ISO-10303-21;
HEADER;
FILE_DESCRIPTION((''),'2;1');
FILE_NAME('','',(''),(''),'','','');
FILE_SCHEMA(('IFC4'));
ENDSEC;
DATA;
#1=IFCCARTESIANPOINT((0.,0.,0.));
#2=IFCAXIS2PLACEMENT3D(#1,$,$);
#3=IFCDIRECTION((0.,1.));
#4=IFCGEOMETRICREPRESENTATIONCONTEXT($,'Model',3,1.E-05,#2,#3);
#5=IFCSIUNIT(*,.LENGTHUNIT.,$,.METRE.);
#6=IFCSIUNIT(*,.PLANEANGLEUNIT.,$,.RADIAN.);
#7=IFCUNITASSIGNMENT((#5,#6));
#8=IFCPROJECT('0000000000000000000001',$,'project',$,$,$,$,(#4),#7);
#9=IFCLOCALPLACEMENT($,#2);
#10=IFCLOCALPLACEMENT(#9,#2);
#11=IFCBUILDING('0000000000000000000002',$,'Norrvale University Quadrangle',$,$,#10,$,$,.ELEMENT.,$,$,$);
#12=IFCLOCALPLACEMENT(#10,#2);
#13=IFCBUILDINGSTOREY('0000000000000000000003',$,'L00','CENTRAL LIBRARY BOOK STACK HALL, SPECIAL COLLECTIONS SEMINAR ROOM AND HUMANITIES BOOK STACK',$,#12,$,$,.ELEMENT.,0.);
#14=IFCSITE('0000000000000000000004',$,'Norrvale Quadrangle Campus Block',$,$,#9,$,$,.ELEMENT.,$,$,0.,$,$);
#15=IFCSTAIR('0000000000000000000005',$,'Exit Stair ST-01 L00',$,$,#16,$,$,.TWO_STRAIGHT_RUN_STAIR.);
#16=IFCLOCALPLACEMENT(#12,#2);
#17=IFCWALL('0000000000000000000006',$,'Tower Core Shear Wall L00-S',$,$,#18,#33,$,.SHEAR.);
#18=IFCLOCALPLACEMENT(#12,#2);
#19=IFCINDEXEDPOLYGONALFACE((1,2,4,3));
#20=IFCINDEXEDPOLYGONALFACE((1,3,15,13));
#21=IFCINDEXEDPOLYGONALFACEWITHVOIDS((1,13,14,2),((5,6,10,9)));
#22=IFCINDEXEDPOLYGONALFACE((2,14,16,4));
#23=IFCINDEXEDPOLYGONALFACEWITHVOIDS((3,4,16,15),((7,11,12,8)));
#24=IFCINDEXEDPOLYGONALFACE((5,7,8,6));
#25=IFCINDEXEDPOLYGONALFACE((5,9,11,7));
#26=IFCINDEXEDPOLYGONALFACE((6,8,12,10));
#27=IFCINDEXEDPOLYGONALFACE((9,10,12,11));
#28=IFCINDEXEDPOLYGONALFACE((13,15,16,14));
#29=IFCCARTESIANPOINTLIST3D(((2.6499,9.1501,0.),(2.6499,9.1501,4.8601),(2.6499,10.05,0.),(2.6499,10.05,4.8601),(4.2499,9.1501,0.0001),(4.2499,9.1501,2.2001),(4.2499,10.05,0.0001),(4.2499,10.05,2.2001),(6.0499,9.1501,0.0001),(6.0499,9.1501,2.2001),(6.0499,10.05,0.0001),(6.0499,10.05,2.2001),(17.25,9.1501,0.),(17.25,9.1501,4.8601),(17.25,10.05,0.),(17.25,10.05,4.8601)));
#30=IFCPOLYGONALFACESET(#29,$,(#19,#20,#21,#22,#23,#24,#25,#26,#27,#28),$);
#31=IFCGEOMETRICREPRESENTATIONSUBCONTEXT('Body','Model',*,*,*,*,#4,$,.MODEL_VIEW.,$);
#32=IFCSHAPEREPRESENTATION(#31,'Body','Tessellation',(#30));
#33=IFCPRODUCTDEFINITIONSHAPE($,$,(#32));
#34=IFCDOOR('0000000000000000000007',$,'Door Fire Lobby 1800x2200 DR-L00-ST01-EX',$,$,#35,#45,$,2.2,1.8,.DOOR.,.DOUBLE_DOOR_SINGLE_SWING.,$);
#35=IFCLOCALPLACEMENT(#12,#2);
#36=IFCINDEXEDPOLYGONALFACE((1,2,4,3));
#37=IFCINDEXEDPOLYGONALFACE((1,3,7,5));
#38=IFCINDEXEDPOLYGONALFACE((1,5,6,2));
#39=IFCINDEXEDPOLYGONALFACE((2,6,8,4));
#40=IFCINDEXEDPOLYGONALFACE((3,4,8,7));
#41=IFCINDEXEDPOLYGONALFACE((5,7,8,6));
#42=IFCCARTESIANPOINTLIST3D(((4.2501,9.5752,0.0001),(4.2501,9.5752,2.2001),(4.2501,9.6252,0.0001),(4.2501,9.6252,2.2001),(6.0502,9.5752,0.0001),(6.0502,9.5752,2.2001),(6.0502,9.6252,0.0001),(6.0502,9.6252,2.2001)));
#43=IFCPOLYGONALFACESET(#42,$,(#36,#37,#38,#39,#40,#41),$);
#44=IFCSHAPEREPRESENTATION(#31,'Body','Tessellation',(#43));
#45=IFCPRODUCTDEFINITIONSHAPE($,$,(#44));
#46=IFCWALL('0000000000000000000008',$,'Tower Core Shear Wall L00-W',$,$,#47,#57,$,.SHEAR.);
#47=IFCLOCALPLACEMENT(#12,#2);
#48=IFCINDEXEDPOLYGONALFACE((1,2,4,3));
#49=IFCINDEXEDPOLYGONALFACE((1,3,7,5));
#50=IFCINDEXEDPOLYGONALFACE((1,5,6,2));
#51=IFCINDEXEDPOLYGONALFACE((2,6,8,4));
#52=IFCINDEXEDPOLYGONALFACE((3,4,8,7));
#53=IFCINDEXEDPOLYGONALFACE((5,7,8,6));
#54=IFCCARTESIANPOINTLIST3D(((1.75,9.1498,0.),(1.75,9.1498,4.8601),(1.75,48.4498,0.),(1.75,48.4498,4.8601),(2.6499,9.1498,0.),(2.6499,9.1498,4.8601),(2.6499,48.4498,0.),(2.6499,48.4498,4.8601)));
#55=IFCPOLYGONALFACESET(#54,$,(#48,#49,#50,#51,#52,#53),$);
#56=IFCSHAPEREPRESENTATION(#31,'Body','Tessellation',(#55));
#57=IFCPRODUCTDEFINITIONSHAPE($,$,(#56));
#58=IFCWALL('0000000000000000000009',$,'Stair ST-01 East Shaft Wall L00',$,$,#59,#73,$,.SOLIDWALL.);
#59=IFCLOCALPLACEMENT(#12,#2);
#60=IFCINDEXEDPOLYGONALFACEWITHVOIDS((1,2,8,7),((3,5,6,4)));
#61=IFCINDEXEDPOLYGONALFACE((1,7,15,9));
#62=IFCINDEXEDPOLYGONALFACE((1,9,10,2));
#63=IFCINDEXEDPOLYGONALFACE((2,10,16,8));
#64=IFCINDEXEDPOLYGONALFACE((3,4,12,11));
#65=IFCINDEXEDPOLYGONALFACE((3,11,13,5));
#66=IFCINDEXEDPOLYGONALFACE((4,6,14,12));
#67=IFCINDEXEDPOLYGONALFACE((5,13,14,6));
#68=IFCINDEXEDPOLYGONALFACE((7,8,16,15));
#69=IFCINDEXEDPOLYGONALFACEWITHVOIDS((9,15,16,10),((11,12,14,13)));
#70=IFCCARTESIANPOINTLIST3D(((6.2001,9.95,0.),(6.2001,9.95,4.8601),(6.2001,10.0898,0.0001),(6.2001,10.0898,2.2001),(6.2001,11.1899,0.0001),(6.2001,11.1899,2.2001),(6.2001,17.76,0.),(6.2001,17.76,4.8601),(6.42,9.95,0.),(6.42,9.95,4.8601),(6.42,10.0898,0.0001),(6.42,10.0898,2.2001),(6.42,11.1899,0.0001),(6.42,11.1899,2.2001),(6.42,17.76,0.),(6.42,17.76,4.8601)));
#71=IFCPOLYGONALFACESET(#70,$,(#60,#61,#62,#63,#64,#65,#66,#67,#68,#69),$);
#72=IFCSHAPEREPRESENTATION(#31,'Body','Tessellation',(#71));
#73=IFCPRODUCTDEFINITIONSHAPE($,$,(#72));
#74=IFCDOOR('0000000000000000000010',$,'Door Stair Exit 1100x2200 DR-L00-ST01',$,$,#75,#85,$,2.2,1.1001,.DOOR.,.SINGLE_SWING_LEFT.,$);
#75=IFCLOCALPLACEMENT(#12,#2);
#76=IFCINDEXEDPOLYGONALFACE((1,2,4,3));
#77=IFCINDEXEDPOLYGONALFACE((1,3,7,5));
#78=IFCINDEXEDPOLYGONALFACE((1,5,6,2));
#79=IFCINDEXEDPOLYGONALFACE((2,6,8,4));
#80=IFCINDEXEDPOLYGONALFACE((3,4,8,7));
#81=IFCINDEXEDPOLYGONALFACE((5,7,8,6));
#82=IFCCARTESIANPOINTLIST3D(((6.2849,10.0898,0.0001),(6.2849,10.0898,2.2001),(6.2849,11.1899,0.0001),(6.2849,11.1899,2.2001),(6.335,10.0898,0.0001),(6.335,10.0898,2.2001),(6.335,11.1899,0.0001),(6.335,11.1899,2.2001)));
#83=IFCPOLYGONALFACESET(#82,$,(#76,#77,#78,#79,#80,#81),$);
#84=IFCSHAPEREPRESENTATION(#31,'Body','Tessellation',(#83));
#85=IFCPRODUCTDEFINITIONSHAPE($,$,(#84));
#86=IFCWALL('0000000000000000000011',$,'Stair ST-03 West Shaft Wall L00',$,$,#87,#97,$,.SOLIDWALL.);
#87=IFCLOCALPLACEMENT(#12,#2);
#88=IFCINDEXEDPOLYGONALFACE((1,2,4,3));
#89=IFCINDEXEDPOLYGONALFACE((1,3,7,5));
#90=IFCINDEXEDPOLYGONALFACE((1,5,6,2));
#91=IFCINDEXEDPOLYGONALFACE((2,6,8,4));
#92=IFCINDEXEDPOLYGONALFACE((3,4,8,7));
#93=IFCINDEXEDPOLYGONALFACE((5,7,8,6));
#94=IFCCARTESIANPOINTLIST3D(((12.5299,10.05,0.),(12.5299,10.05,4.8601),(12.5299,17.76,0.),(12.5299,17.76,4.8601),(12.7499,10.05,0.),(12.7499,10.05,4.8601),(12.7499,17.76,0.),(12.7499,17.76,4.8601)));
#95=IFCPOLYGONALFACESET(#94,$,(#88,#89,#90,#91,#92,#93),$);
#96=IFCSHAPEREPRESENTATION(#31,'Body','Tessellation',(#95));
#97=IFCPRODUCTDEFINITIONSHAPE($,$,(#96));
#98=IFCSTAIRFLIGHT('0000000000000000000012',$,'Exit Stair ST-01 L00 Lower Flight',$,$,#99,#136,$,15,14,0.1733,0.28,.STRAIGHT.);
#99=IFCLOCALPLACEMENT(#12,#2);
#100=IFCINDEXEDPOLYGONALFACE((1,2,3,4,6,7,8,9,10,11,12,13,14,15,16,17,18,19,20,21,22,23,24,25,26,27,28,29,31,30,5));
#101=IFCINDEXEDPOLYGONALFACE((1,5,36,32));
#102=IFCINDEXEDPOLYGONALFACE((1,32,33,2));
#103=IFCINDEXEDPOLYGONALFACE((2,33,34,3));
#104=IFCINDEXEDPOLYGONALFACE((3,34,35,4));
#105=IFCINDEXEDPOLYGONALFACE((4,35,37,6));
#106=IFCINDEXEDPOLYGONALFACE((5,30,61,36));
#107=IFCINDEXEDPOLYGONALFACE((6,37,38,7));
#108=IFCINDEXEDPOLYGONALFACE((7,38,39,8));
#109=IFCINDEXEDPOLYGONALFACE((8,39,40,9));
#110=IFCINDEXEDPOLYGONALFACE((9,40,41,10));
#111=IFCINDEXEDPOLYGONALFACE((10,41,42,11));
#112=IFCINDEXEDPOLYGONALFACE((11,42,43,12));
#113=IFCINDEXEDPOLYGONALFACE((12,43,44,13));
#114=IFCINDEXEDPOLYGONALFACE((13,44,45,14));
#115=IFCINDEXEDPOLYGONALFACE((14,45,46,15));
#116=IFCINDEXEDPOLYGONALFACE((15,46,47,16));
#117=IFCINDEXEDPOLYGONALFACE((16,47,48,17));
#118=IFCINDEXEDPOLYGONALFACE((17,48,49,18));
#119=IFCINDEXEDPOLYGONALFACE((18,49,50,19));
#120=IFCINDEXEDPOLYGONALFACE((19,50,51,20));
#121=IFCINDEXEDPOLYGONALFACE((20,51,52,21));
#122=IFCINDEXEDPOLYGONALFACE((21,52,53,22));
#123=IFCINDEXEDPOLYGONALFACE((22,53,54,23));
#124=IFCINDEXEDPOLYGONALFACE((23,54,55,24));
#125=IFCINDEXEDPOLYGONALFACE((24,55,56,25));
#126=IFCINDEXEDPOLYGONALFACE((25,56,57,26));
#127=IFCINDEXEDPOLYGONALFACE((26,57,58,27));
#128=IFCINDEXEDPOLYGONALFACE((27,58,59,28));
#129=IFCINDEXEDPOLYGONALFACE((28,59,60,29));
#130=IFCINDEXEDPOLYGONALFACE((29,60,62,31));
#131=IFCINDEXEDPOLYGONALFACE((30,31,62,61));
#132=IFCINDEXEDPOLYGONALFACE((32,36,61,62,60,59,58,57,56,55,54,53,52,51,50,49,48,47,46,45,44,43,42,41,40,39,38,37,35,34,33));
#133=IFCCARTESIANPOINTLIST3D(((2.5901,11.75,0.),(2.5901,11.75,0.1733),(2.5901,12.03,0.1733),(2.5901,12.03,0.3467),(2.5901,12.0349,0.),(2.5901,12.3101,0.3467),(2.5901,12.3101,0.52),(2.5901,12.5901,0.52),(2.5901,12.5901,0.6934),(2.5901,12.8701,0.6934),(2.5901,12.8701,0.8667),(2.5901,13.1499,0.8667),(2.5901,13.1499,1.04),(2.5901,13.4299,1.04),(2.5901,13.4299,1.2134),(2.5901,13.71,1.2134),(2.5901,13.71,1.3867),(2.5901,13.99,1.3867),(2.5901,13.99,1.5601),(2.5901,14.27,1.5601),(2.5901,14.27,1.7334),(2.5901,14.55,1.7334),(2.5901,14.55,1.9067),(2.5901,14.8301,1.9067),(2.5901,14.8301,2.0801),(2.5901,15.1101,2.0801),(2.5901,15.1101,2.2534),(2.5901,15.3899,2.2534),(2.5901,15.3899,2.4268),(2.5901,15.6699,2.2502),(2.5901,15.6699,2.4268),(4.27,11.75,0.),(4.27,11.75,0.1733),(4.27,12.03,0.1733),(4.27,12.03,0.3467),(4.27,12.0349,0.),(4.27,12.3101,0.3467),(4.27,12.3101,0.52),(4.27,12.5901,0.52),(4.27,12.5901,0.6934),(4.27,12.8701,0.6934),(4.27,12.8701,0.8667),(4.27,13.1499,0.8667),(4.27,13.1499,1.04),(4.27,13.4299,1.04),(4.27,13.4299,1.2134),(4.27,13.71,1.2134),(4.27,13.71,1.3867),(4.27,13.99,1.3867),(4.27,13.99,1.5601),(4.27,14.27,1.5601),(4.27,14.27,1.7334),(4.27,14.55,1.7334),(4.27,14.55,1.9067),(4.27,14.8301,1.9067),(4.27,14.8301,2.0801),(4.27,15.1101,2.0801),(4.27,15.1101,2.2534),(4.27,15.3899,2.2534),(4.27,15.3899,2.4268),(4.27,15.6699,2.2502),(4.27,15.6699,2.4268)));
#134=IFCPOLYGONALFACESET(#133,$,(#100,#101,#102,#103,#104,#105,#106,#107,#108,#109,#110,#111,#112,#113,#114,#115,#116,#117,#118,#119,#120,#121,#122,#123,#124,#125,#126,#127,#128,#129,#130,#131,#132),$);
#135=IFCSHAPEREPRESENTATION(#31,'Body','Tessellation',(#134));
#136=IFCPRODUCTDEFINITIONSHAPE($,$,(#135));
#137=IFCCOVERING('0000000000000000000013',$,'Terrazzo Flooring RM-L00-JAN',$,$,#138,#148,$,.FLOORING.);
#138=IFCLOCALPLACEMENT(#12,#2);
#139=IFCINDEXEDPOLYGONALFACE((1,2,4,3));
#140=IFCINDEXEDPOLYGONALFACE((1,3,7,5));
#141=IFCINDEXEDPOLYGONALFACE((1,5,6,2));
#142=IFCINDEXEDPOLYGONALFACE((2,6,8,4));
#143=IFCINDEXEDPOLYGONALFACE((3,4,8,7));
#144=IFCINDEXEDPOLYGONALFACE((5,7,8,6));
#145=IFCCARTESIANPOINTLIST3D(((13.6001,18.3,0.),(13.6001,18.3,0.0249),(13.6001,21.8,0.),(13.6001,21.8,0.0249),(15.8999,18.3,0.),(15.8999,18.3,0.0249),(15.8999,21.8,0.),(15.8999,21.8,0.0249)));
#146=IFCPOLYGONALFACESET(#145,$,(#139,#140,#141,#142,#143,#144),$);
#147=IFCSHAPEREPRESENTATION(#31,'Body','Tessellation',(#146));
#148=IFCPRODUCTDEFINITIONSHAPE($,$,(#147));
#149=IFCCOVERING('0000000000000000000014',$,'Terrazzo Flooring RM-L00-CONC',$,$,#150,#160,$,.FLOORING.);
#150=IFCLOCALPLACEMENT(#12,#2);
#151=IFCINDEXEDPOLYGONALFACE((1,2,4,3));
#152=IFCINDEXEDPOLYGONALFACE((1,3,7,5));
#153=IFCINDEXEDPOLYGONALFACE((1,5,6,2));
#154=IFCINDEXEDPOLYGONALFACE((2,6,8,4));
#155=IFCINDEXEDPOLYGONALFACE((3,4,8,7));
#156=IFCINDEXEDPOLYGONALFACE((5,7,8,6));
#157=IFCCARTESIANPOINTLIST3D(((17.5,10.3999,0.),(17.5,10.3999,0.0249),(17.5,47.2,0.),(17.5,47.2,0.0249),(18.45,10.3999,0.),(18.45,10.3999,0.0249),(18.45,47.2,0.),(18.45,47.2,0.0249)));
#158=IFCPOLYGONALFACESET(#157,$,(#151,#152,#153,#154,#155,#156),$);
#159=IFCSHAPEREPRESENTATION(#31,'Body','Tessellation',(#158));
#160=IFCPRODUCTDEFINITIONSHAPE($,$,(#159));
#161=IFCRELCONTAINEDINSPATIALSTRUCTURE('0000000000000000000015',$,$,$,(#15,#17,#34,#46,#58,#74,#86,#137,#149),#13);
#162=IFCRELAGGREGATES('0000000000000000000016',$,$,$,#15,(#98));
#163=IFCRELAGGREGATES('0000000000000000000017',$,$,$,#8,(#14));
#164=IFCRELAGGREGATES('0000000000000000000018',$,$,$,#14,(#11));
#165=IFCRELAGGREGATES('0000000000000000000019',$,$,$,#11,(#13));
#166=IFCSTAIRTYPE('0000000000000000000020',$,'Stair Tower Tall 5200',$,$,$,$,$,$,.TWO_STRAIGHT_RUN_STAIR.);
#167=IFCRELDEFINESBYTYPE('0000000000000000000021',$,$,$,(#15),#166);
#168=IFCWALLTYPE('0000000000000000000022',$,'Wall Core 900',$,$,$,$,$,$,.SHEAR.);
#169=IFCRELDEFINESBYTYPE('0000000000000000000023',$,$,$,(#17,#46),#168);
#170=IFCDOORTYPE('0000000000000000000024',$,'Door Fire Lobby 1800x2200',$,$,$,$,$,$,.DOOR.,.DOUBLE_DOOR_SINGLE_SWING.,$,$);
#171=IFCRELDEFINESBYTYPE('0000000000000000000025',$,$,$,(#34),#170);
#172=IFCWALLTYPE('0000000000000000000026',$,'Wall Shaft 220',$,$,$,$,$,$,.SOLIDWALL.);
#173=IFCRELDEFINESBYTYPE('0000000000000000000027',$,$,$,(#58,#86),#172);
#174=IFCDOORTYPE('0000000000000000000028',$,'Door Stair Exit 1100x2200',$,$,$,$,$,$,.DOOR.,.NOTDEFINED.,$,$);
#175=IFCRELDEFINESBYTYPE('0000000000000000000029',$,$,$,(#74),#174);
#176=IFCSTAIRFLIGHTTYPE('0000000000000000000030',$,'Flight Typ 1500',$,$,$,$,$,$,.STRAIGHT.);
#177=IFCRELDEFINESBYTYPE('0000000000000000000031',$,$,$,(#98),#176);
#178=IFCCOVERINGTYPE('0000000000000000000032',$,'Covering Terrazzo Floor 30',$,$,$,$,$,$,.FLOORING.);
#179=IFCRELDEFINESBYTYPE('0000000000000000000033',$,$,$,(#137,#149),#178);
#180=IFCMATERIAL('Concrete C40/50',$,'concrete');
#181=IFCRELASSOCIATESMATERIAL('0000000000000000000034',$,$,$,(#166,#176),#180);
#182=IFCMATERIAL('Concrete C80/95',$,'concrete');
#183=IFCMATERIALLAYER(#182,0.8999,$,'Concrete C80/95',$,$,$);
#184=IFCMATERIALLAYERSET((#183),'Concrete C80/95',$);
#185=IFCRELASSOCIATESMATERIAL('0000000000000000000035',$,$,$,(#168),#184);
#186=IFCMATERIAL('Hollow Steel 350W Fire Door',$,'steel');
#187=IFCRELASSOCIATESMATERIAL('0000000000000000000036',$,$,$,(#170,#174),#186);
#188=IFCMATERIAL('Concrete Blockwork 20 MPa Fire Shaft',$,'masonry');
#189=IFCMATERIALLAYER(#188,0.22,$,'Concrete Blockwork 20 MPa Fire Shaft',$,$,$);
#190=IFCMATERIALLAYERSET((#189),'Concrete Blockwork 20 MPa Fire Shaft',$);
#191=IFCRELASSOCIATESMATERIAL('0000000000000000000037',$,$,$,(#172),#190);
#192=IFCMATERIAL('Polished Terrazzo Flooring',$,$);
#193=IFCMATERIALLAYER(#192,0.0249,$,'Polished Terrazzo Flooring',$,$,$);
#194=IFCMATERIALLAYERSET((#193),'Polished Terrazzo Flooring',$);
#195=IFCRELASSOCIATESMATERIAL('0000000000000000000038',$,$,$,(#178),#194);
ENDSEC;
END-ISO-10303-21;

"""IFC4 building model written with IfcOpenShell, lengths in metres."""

from ifc_helpers import new_model, si_unit, direction, frame, frame_2d, origin, place, context, subcontext, project, spatial, polyline, rectangle, outline, extrude, material, layer, layer_set, type_object, element, fill, aggregate, save


model = new_model("IFC4")

# Units and contexts
model_context = context("Model", 3, precision=1e-05, world=origin(), true_north=direction((0.0, 1.0)))
body_context = subcontext(model_context, "Body", "Model", "MODEL_VIEW")
ifc_project = project(units=[si_unit("LENGTHUNIT", "METRE"), si_unit("PLANEANGLEUNIT", "RADIAN")], contexts=[model_context])

# Site, building, storey
site_placement = place(None, origin())
site = spatial("IfcSite", under=ifc_project, at=site_placement, Name="Norrvale Quadrangle Campus Block", CompositionType="ELEMENT", RefElevation=0.0)
building_placement = place(site_placement, origin())
building = spatial("IfcBuilding", under=site, at=building_placement, Name="Norrvale University Quadrangle", CompositionType="ELEMENT")
storey_placement = place(building_placement, origin())
storey = spatial("IfcBuildingStorey", under=building, at=storey_placement, Name="L00", Description="CENTRAL LIBRARY BOOK STACK HALL, SPECIAL COLLECTIONS SEMINAR ROOM AND HUMANITIES BOOK STACK", CompositionType="ELEMENT", Elevation=0.0)

# Shared definitions
ifc_material_1 = material(Name="Concrete C80/95", Category="concrete")

# Stair
ifc_material_2 = material(Name="Concrete C40/50", Category="concrete")
stair_type = type_object("IfcStairType", Name="Stair Tower Tall 5200", PredefinedType="TWO_STRAIGHT_RUN_STAIR", material=ifc_material_2)
stair_1_placement = place(storey_placement, origin())
stair_1 = element("IfcStair", 1, at=stair_1_placement, inside=storey, type_object=stair_type, Name="Exit Stair ST-01 L00", PredefinedType="TWO_STRAIGHT_RUN_STAIR")

# Wall, opening, door
ifc_layer_1 = layer(ifc_material_1, 0.8999, Name="Concrete C80/95")
ifc_layer_set_1 = layer_set([ifc_layer_1], Name="Concrete C80/95")
wall_type_1 = type_object("IfcWallType", Name="Wall Core 900", PredefinedType="SHEAR", material=ifc_layer_set_1)
wall_1_placement = place(storey_placement, frame((2.6499, 9.6001, 0.0), z_axis=(0.0, 0.0, 1.0), x_axis=(1.0, 0.0, 0.0)))
wall_1 = element("IfcWall", 2, at=wall_1_placement, inside=storey, type_object=wall_type_1, Name="Tower Core Shear Wall L00-S", PredefinedType="SHEAR", context=body_context, shape_type="SweptSolid", body=[
    extrude(rectangle(XDim=14.6001, YDim=0.8999, at=frame_2d((7.3, 0.0))), origin(), (0.0, 0.0, 1.0), 4.8601),
])
opening_1_placement = place(wall_1_placement, frame((1.6001, 0.0, 0.0)))
opening_1 = element("IfcOpeningElement", 3, at=opening_1_placement, cuts=wall_1, PredefinedType="OPENING", context=body_context, shape_type="SweptSolid", body=[
    extrude(rectangle(XDim=1.8, YDim=2.2, at=frame_2d((0.8999, 1.1001))), frame((0.0, 0.4619, 0.0), z_axis=(0.0, -1.0, 0.0), x_axis=(1.0, 0.0, 0.0)), (0.0, 0.0, 1.0), 0.9238),
])
ifc_material_3 = material(Name="Hollow Steel 350W Fire Door", Category="steel")
door_type_1 = type_object("IfcDoorType", Name="Door Fire Lobby 1800x2200", OperationType="DOUBLE_DOOR_SINGLE_SWING", PredefinedType="DOOR", material=ifc_material_3)
door_1_placement = place(opening_1_placement, frame((1.8, 0.0, 0.0), z_axis=(0.0, 0.0, 1.0), x_axis=(-1.0, 0.0, 0.0)))
door_1 = element("IfcDoor", 4, at=door_1_placement, inside=storey, type_object=door_type_1, Name="Door Fire Lobby 1800x2200 DR-L00-ST01-EX", OperationType="DOUBLE_DOOR_SINGLE_SWING", OverallHeight=2.2, OverallWidth=1.8, PredefinedType="DOOR", context=body_context, shape_type="SweptSolid", body=[
    extrude(rectangle(XDim=1.8, YDim=2.2, at=frame_2d((0.8999, 1.1001))), frame((0.0, 0.0249, 0.0), z_axis=(0.0, -1.0, 0.0), x_axis=(1.0, 0.0, 0.0)), (0.0, 0.0, 1.0), 0.05),
])
fill(opening_1, door_1)

# Wall
wall_2_placement = place(storey_placement, frame((2.2, 9.1499, 0.0), z_axis=(0.0, 0.0, 1.0), x_axis=(0.0, 1.0, 0.0)))
element("IfcWall", 5, at=wall_2_placement, inside=storey, type_object=wall_type_1, Name="Tower Core Shear Wall L00-W", PredefinedType="SHEAR", context=body_context, shape_type="SweptSolid", body=[
    extrude(rectangle(XDim=39.3, YDim=0.8999, at=frame_2d((19.6499, 0.0))), origin(), (0.0, 0.0, 1.0), 4.8601),
])

# Wall, opening, door
ifc_material_4 = material(Name="Concrete Blockwork 20 MPa Fire Shaft", Category="masonry")
ifc_layer_2 = layer(ifc_material_4, 0.22, Name="Concrete Blockwork 20 MPa Fire Shaft")
ifc_layer_set_2 = layer_set([ifc_layer_2], Name="Concrete Blockwork 20 MPa Fire Shaft")
wall_type_2 = type_object("IfcWallType", Name="Wall Shaft 220", PredefinedType="SOLIDWALL", material=ifc_layer_set_2)
wall_3_placement = place(storey_placement, frame((6.3101, 9.95, 0.0), z_axis=(0.0, 0.0, 1.0), x_axis=(0.0, 1.0, 0.0)))
wall_3 = element("IfcWall", 6, at=wall_3_placement, inside=storey, type_object=wall_type_2, Name="Stair ST-01 East Shaft Wall L00", PredefinedType="SOLIDWALL", context=body_context, shape_type="SweptSolid", body=[
    extrude(rectangle(XDim=7.8101, YDim=0.22, at=frame_2d((3.905, 0.0))), origin(), (0.0, 0.0, 1.0), 4.8601),
])
opening_2_placement = place(wall_3_placement, frame((0.1399, 0.0, 0.0)))
opening_2 = element("IfcOpeningElement", 7, at=opening_2_placement, cuts=wall_3, PredefinedType="OPENING", context=body_context, shape_type="SweptSolid", body=[
    extrude(rectangle(XDim=1.1001, YDim=2.2, at=frame_2d((0.55, 1.1001))), frame((0.0, 0.1221, 0.0), z_axis=(0.0, -1.0, 0.0), x_axis=(1.0, 0.0, 0.0)), (0.0, 0.0, 1.0), 0.2439),
])
door_type_2 = type_object("IfcDoorType", Name="Door Stair Exit 1100x2200", OperationType="NOTDEFINED", PredefinedType="DOOR", material=ifc_material_3)
door_2_placement = place(opening_2_placement, frame((1.1001, 0.0, 0.0), z_axis=(0.0, 0.0, 1.0), x_axis=(-1.0, 0.0, 0.0)))
door_2 = element("IfcDoor", 8, at=door_2_placement, inside=storey, type_object=door_type_2, Name="Door Stair Exit 1100x2200 DR-L00-ST01", OperationType="SINGLE_SWING_LEFT", OverallHeight=2.2, OverallWidth=1.1001, PredefinedType="DOOR", context=body_context, shape_type="SweptSolid", body=[
    extrude(rectangle(XDim=1.1001, YDim=2.2, at=frame_2d((0.55, 1.1001))), frame((0.0, 0.0249, 0.0), z_axis=(0.0, -1.0, 0.0), x_axis=(1.0, 0.0, 0.0)), (0.0, 0.0, 1.0), 0.05),
])
fill(opening_2, door_2)

# Wall
wall_4_placement = place(storey_placement, frame((12.6399, 10.05, 0.0), z_axis=(0.0, 0.0, 1.0), x_axis=(0.0, 1.0, 0.0)))
element("IfcWall", 9, at=wall_4_placement, inside=storey, type_object=wall_type_2, Name="Stair ST-03 West Shaft Wall L00", PredefinedType="SOLIDWALL", context=body_context, shape_type="SweptSolid", body=[
    extrude(rectangle(XDim=7.71, YDim=0.22, at=frame_2d((3.855, 0.0))), origin(), (0.0, 0.0, 1.0), 4.8601),
])

# Stair flight
stair_flight_type = type_object("IfcStairFlightType", Name="Flight Typ 1500", PredefinedType="STRAIGHT", material=ifc_material_2)
stair_flight_placement = place(storey_placement, frame((3.4299, 11.75, 0.0), z_axis=(0.0, 0.0, 1.0), x_axis=(0.0, 1.0, 0.0)))
stair_flight = element("IfcStairFlight", 10, at=stair_flight_placement, type_object=stair_flight_type, Name="Exit Stair ST-01 L00 Lower Flight", NumberOfRisers=15, NumberOfTreads=14, PredefinedType="STRAIGHT", RiserHeight=0.1733, TreadLength=0.28, context=body_context, shape_type="SweptSolid", body=[
    extrude(outline(polyline([(0.0, 0.0), (0.0, 0.1733), (0.28, 0.1733), (0.28, 0.3467), (0.5601, 0.3467), (0.5601, 0.52), (0.8401, 0.52), (0.8401, 0.6934), (1.1201, 0.6934), (1.1201, 0.8667), (1.3999, 0.8667), (1.3999, 1.04), (1.6799, 1.04), (1.6799, 1.2134), (1.96, 1.2134), (1.96, 1.3867), (2.24, 1.3867), (2.24, 1.5601), (2.52, 1.5601), (2.52, 1.7334), (2.8, 1.7334), (2.8, 1.9067), (3.0801, 1.9067), (3.0801, 2.0801), (3.3601, 2.0801), (3.3601, 2.2534), (3.6399, 2.2534), (3.6399, 2.4268), (3.9199, 2.4268), (3.9199, 2.6001), (3.9199, 2.2502), (0.2849, 0.0), (0.0, 0.0)])), frame((0.0, 0.8398, 0.0), z_axis=(0.0, -1.0, 0.0), x_axis=(1.0, 0.0, 0.0)), (0.0, 0.0, 1.0), 1.6799),
])
aggregate(stair_1, [stair_flight])

# Coverings
ifc_material_5 = material(Name="Polished Terrazzo Flooring")
ifc_layer_3 = layer(ifc_material_5, 0.0249, Name="Polished Terrazzo Flooring")
ifc_layer_set_3 = layer_set([ifc_layer_3], Name="Polished Terrazzo Flooring")
covering_type = type_object("IfcCoveringType", Name="Covering Terrazzo Floor 30", PredefinedType="FLOORING", material=ifc_layer_set_3)
covering_1_placement = place(storey_placement, origin())
element("IfcCovering", 11, at=covering_1_placement, inside=storey, type_object=covering_type, Name="Terrazzo Flooring RM-L00-JAN", PredefinedType="FLOORING", context=body_context, shape_type="SweptSolid", body=[
    extrude(outline(polyline([(13.6001, 18.3), (13.6001, 21.8), (15.8999, 21.8), (15.8999, 18.3), (13.6001, 18.3)])), origin(), (0.0, 0.0, 1.0), 0.0249),
])
covering_2_placement = place(storey_placement, origin())
element("IfcCovering", 12, at=covering_2_placement, inside=storey, type_object=covering_type, Name="Terrazzo Flooring RM-L00-CONC", PredefinedType="FLOORING", context=body_context, shape_type="SweptSolid", body=[
    extrude(outline(polyline([(17.5, 10.3999), (17.5, 47.2), (18.45, 47.2), (18.45, 10.3999), (17.5, 10.3999)])), origin(), (0.0, 0.0, 1.0), 0.0249),
])

save(model, "model.ifc")
